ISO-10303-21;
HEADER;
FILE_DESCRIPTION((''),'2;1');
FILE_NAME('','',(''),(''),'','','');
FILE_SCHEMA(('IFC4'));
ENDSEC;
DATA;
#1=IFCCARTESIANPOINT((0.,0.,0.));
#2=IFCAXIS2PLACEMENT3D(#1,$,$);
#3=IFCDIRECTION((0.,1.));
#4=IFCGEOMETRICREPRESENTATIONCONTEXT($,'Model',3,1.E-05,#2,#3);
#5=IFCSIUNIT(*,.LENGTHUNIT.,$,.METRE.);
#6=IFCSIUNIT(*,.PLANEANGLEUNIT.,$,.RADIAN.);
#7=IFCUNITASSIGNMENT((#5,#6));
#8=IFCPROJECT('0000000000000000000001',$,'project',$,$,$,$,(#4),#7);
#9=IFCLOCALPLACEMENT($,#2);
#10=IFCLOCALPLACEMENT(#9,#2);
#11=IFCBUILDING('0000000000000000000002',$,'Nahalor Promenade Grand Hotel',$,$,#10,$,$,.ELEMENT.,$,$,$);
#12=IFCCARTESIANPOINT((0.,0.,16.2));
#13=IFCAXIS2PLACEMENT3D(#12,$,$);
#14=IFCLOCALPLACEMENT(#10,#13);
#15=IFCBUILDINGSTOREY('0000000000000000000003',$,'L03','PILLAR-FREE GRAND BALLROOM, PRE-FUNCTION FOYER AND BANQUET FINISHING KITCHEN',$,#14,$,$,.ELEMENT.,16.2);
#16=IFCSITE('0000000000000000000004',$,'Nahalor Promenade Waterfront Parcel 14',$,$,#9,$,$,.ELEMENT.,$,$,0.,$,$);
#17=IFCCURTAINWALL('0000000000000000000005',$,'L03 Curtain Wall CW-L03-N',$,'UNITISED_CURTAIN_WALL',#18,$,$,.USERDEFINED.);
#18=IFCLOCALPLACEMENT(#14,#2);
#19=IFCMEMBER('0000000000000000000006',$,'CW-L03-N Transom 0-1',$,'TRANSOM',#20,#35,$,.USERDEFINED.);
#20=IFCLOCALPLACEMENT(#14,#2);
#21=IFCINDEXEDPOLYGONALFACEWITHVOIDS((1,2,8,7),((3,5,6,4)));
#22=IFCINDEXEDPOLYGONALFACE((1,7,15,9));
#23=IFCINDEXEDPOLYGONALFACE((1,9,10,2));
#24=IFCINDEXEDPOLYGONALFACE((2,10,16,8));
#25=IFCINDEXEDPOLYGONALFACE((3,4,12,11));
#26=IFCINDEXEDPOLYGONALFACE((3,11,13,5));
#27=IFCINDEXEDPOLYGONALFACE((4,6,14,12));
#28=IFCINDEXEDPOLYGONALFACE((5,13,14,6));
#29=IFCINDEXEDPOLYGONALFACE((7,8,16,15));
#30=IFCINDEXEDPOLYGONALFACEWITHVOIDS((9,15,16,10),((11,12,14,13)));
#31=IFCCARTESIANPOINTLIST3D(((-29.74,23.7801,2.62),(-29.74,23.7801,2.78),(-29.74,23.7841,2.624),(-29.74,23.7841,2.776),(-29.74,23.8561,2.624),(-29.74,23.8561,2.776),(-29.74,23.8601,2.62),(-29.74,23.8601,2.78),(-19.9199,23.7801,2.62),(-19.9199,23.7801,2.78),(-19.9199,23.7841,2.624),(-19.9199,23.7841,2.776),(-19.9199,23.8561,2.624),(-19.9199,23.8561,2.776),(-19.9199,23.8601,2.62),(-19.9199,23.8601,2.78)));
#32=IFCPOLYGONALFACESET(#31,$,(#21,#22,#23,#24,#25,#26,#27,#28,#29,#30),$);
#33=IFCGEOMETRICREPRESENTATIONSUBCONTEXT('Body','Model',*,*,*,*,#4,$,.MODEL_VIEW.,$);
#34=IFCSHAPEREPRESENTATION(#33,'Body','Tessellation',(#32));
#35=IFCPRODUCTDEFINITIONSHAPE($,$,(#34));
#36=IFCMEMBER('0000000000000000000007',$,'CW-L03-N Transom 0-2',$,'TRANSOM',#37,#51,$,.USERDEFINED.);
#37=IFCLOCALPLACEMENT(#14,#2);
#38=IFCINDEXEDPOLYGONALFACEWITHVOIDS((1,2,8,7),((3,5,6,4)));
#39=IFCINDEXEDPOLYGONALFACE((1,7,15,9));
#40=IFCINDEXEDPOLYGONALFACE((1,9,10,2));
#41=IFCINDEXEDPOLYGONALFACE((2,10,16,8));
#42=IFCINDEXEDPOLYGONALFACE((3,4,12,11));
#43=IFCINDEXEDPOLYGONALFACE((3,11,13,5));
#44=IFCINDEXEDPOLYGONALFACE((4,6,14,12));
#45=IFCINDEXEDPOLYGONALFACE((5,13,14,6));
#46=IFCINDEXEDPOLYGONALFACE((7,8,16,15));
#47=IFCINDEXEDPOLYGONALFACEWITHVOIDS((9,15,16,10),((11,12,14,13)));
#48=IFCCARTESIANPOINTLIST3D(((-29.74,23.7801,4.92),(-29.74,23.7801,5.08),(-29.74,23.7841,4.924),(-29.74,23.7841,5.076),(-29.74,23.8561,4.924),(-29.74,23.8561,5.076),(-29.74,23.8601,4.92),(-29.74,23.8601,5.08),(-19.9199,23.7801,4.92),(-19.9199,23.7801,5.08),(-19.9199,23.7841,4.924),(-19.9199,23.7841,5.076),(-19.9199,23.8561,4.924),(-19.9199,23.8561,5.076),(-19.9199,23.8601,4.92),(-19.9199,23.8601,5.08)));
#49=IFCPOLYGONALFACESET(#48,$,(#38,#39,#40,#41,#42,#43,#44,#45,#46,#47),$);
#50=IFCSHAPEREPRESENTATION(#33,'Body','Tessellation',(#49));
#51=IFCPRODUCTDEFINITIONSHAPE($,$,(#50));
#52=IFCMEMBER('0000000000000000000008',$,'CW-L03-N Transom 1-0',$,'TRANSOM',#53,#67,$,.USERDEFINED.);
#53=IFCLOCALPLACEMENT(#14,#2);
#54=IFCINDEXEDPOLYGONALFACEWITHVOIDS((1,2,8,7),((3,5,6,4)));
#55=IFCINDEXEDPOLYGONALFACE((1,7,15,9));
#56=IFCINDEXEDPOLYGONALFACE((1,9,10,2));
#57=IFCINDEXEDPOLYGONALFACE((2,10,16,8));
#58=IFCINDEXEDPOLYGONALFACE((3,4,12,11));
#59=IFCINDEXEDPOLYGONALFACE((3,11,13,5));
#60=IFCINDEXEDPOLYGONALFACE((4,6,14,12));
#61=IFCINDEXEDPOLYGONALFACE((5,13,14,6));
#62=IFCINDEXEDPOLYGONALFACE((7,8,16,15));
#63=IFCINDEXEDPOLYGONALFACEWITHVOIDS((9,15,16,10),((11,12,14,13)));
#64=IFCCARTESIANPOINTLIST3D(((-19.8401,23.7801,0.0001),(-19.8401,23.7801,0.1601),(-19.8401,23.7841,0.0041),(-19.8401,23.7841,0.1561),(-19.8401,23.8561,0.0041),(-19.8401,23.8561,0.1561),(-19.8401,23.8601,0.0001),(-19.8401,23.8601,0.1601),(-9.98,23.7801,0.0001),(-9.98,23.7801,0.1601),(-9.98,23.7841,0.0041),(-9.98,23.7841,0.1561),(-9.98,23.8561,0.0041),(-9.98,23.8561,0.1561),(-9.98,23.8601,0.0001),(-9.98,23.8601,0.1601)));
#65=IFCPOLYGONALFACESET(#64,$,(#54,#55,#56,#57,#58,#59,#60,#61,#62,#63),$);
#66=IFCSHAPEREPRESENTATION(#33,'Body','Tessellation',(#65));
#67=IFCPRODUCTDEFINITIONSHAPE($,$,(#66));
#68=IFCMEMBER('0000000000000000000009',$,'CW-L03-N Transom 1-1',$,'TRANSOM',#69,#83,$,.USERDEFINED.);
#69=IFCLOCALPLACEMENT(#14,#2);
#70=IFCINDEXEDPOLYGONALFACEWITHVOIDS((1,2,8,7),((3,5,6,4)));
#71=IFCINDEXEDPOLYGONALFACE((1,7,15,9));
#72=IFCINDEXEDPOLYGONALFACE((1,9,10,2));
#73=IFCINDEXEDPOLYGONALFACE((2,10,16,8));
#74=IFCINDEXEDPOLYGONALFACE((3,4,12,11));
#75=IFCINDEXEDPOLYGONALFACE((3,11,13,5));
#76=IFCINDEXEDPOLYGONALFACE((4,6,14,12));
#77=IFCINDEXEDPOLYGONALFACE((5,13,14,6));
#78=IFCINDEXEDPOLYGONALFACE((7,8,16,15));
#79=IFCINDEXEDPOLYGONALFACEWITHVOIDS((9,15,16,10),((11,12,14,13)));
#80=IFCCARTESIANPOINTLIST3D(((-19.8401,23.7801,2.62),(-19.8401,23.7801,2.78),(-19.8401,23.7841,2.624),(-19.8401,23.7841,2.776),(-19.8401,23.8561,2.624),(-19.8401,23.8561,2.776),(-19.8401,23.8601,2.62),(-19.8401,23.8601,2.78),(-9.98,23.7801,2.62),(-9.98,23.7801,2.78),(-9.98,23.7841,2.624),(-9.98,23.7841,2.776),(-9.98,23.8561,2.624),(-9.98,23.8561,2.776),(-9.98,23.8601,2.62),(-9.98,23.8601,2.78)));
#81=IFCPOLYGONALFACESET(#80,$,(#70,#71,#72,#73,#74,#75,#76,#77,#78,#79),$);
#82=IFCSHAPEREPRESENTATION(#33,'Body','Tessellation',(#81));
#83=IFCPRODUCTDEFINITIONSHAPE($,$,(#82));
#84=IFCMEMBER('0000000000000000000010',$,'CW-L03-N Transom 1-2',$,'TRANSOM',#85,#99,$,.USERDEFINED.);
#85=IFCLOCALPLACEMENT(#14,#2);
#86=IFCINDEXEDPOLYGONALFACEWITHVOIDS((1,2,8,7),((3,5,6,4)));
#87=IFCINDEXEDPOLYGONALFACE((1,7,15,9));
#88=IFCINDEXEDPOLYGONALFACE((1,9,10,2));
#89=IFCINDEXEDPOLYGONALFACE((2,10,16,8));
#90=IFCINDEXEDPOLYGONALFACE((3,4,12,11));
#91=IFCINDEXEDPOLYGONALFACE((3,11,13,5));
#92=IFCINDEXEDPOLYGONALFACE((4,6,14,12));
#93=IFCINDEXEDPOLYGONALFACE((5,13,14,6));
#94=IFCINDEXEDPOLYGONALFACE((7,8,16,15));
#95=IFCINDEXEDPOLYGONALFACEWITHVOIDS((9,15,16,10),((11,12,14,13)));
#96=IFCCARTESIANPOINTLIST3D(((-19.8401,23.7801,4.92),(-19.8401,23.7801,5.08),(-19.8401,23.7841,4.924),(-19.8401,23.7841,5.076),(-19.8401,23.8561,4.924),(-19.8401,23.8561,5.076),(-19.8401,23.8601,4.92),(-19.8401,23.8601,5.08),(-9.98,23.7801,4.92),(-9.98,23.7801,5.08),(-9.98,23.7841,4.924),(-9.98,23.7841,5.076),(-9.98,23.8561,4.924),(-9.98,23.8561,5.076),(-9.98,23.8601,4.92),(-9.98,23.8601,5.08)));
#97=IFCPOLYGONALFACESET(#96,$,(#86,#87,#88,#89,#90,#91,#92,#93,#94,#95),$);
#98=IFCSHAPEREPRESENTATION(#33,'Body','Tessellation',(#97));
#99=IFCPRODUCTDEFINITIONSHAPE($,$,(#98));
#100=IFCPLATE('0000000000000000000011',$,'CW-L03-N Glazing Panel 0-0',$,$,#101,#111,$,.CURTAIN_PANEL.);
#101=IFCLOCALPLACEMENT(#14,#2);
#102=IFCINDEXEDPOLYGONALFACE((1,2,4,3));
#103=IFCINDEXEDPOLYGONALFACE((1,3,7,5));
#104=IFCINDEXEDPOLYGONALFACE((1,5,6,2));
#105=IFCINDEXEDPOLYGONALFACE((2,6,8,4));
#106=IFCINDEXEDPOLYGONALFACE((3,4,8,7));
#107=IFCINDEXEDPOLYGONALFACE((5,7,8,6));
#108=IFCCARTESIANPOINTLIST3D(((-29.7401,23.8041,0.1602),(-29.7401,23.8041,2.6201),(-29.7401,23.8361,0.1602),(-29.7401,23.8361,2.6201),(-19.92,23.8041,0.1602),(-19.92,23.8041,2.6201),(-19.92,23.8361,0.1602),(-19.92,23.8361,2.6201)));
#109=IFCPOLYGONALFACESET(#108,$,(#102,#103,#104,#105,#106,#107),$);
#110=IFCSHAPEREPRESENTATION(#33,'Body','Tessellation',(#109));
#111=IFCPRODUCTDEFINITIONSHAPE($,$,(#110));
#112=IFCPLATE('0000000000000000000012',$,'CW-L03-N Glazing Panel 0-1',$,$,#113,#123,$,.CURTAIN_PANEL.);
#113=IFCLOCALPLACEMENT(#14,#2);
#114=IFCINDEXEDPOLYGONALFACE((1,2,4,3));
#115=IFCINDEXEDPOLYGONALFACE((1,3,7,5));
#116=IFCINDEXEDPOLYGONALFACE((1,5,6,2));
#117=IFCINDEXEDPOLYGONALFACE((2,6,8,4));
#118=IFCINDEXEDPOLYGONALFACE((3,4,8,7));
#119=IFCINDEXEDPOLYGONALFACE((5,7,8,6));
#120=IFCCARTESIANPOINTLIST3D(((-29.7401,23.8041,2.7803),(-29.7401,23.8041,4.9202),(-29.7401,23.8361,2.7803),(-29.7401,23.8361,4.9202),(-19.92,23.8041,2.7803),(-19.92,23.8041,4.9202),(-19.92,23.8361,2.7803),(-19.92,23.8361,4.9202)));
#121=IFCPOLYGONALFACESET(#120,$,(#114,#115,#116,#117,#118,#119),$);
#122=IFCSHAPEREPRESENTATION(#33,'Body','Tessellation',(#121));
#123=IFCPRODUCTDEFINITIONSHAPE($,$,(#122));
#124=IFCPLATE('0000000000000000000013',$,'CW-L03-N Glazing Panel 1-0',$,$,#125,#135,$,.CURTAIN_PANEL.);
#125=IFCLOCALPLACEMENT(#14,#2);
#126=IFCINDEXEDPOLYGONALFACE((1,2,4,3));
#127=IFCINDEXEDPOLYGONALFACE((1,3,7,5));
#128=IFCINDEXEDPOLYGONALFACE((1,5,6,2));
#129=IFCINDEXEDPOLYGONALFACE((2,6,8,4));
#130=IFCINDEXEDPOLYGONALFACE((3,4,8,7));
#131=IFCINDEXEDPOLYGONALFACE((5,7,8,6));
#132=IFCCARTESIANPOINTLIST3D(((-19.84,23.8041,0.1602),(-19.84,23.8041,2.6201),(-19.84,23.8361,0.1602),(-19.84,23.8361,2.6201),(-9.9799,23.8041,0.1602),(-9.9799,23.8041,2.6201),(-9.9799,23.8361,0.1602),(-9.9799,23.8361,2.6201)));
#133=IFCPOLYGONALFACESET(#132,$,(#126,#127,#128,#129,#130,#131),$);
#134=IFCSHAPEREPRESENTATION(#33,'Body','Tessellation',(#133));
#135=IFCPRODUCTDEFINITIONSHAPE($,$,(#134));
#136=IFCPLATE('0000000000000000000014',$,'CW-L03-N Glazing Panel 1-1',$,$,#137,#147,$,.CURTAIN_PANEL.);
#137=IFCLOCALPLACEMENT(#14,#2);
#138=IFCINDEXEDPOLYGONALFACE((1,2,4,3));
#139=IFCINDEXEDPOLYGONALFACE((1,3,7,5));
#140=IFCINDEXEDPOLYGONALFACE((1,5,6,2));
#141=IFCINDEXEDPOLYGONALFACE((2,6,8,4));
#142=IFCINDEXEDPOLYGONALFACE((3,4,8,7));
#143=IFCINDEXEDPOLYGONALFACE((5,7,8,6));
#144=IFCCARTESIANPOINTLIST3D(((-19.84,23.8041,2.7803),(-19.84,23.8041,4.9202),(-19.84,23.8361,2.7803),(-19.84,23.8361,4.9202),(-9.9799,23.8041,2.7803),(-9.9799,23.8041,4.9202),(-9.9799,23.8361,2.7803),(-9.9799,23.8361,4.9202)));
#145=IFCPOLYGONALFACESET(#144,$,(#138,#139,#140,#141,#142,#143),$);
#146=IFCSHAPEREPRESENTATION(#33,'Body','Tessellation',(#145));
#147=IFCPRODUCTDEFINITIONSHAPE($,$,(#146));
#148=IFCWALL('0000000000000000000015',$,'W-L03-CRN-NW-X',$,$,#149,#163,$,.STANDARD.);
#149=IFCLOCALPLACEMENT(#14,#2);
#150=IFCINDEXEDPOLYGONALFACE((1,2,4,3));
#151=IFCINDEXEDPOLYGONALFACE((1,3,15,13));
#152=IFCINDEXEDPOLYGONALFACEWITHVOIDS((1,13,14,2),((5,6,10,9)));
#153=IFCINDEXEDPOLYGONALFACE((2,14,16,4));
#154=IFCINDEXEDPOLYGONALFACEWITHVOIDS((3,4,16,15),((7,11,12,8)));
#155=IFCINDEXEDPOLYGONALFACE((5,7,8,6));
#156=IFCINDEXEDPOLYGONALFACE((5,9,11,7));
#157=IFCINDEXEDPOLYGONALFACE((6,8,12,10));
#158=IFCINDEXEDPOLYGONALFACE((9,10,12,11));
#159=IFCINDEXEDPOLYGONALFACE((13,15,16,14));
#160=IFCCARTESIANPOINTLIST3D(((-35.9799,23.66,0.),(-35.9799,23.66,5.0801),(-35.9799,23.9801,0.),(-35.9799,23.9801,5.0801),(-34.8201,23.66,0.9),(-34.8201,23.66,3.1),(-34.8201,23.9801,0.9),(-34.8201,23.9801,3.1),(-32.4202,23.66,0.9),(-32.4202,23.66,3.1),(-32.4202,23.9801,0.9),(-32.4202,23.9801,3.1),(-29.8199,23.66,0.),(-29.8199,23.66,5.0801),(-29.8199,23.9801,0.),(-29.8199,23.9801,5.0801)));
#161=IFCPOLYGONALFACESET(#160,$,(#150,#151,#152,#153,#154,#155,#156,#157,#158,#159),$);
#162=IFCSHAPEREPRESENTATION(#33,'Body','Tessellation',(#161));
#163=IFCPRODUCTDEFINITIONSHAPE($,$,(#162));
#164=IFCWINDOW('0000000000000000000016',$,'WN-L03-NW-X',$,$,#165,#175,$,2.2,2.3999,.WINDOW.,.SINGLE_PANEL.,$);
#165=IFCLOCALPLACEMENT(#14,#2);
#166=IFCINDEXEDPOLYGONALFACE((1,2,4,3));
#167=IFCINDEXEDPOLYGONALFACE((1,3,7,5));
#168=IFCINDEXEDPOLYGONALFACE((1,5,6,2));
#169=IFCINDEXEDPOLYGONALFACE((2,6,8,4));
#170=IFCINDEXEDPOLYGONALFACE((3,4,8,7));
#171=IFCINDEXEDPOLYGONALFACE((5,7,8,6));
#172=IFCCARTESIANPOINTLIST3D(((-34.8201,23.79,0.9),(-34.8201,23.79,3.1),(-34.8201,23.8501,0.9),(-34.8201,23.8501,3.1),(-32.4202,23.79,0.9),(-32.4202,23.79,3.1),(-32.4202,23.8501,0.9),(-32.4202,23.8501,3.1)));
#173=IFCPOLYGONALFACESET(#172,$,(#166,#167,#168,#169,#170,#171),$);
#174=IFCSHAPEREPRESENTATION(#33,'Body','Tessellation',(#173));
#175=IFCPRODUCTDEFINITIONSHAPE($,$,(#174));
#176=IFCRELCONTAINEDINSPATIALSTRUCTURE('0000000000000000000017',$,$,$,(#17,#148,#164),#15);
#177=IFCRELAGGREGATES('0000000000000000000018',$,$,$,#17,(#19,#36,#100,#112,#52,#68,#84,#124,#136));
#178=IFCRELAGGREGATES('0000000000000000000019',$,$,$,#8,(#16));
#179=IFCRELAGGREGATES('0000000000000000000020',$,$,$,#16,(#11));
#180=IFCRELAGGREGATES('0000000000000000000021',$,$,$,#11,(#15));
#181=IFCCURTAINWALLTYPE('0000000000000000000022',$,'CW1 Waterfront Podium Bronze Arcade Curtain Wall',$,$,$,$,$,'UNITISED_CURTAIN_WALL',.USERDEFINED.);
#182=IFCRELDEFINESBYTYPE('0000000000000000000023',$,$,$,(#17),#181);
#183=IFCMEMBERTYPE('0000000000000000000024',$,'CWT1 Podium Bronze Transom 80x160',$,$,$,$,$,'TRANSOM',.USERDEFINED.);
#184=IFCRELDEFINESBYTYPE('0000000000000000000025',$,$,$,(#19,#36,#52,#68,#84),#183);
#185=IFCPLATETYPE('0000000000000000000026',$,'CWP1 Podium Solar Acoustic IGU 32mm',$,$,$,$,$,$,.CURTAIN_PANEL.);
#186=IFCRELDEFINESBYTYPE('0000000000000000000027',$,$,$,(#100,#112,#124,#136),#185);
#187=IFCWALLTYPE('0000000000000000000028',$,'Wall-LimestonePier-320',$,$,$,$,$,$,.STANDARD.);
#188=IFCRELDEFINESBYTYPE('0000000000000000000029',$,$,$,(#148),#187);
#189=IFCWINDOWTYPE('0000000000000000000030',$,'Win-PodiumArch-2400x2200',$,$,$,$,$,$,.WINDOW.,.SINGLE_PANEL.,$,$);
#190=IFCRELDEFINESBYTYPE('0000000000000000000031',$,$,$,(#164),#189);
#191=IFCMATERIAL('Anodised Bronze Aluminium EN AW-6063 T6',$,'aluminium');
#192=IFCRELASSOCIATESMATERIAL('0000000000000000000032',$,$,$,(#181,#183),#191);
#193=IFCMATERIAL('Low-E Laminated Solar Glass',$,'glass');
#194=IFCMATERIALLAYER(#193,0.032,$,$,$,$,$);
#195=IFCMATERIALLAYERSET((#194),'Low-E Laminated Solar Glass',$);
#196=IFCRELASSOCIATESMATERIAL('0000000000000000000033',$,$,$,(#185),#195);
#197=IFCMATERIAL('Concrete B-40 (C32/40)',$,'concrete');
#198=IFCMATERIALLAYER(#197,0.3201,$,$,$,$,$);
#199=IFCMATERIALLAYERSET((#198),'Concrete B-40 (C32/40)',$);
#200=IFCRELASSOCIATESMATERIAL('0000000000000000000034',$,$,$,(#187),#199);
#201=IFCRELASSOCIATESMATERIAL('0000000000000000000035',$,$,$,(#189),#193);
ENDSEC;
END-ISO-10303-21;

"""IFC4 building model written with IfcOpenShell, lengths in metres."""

from ifc_helpers import new_model, si_unit, direction, frame, frame_2d, origin, origin_2d, place, context, subcontext, project, spatial, rectangle, hollow_rectangle, extrude, source, transform, mapped, material, layer, layer_set, material_profile, profile_set, type_object, element, fill, aggregate, save


model = new_model("IFC4")

# Units and contexts
model_context = context("Model", 3, precision=1e-05, world=origin(), true_north=direction((0.0, 1.0)))
body_context = subcontext(model_context, "Body", "Model", "MODEL_VIEW")
ifc_project = project(units=[si_unit("LENGTHUNIT", "METRE"), si_unit("PLANEANGLEUNIT", "RADIAN")], contexts=[model_context])

# Site, building, storey
site_placement = place(None, origin())
site = spatial("IfcSite", under=ifc_project, at=site_placement, Name="Nahalor Promenade Waterfront Parcel 14", CompositionType="ELEMENT", RefElevation=0.0)
building_placement = place(site_placement, origin())
building = spatial("IfcBuilding", under=site, at=building_placement, Name="Nahalor Promenade Grand Hotel", CompositionType="ELEMENT")
storey_placement = place(building_placement, frame((0.0, 0.0, 16.2)))
storey = spatial("IfcBuildingStorey", under=building, at=storey_placement, Name="L03", Description="PILLAR-FREE GRAND BALLROOM, PRE-FUNCTION FOYER AND BANQUET FINISHING KITCHEN", CompositionType="ELEMENT", Elevation=16.2)

# Curtain wall
ifc_material_1 = material(Name="Anodised Bronze Aluminium EN AW-6063 T6", Category="aluminium")
curtain_wall_type = type_object("IfcCurtainWallType", Name="CW1 Waterfront Podium Bronze Arcade Curtain Wall", ElementType="UNITISED_CURTAIN_WALL", PredefinedType="USERDEFINED", material=ifc_material_1)
curtain_wall_1_placement = place(storey_placement, origin())
curtain_wall_1 = element("IfcCurtainWall", 1, at=curtain_wall_1_placement, inside=storey, type_object=curtain_wall_type, Name="L03 Curtain Wall CW-L03-N", ObjectType="UNITISED_CURTAIN_WALL", PredefinedType="USERDEFINED")

# Members
ifc_material_profile_1 = material_profile(ifc_material_1, hollow_rectangle(XDim=0.08, YDim=0.16, WallThickness=0.004, at=origin_2d()), Name="CWT 80x160x4")
ifc_profile_set_1 = profile_set([ifc_material_profile_1], Name="Anodised Bronze Aluminium EN AW-6063 T6")
member_type_1 = type_object("IfcMemberType", Name="CWT1 Podium Bronze Transom 80x160", ElementType="TRANSOM", PredefinedType="USERDEFINED", material=ifc_profile_set_1)
shared_shape_1 = source(origin(), body_context, "Body", "SweptSolid", [
    extrude(hollow_rectangle(XDim=0.08, YDim=0.16, WallThickness=0.004, at=origin_2d()), origin(), (0.0, 0.0, 1.0), 9.8201),
])
member_1_placement = place(storey_placement, frame((-29.74, 23.8201, 2.7), z_axis=(1.0, 0.0, 0.0), x_axis=(0.0, 1.0, 0.0)))
member_1 = element("IfcMember", 2, at=member_1_placement, type_object=member_type_1, Name="CW-L03-N Transom 0-1", ObjectType="TRANSOM", PredefinedType="USERDEFINED", context=body_context, shape_type="MappedRepresentation", body=[
    mapped(shared_shape_1, transform((0.0, 0.0, 0.0), scale=1.0)),
])
member_2_placement = place(storey_placement, frame((-29.74, 23.8201, 5.0), z_axis=(1.0, 0.0, 0.0), x_axis=(0.0, 1.0, 0.0)))
member_2 = element("IfcMember", 3, at=member_2_placement, type_object=member_type_1, Name="CW-L03-N Transom 0-2", ObjectType="TRANSOM", PredefinedType="USERDEFINED", context=body_context, shape_type="MappedRepresentation", body=[
    mapped(shared_shape_1, transform((0.0, 0.0, 0.0), scale=1.0)),
])
shared_shape_2 = source(origin(), body_context, "Body", "SweptSolid", [
    extrude(hollow_rectangle(XDim=0.08, YDim=0.16, WallThickness=0.004, at=origin_2d()), origin(), (0.0, 0.0, 1.0), 9.8601),
])
member_3_placement = place(storey_placement, frame((-19.8401, 23.8201, 0.0801), z_axis=(1.0, 0.0, 0.0), x_axis=(0.0, 1.0, 0.0)))
member_3 = element("IfcMember", 4, at=member_3_placement, type_object=member_type_1, Name="CW-L03-N Transom 1-0", ObjectType="TRANSOM", PredefinedType="USERDEFINED", context=body_context, shape_type="MappedRepresentation", body=[
    mapped(shared_shape_2, transform((0.0, 0.0, 0.0), scale=1.0)),
])
member_4_placement = place(storey_placement, frame((-19.8401, 23.8201, 2.7), z_axis=(1.0, 0.0, 0.0), x_axis=(0.0, 1.0, 0.0)))
member_4 = element("IfcMember", 5, at=member_4_placement, type_object=member_type_1, Name="CW-L03-N Transom 1-1", ObjectType="TRANSOM", PredefinedType="USERDEFINED", context=body_context, shape_type="MappedRepresentation", body=[
    mapped(shared_shape_2, transform((0.0, 0.0, 0.0), scale=1.0)),
])
member_5_placement = place(storey_placement, frame((-19.8401, 23.8201, 5.0), z_axis=(1.0, 0.0, 0.0), x_axis=(0.0, 1.0, 0.0)))
member_5 = element("IfcMember", 6, at=member_5_placement, type_object=member_type_1, Name="CW-L03-N Transom 1-2", ObjectType="TRANSOM", PredefinedType="USERDEFINED", context=body_context, shape_type="MappedRepresentation", body=[
    mapped(shared_shape_2, transform((0.0, 0.0, 0.0), scale=1.0)),
])

# Plates
ifc_material_2 = material(Name="Low-E Laminated Solar Glass", Category="glass")
ifc_layer_1 = layer(ifc_material_2, 0.032)
ifc_layer_set_1 = layer_set([ifc_layer_1], Name="Low-E Laminated Solar Glass")
plate_type = type_object("IfcPlateType", Name="CWP1 Podium Solar Acoustic IGU 32mm", PredefinedType="CURTAIN_PANEL", material=ifc_layer_set_1)
shared_shape_3 = source(origin(), body_context, "Body", "SweptSolid", [
    extrude(rectangle(XDim=9.8201, YDim=0.032, at=origin_2d()), origin(), (0.0, 0.0, 1.0), 2.46),
])
plate_1_placement = place(storey_placement, frame((-24.8301, 23.8201, 0.1602), z_axis=(0.0, 0.0, 1.0), x_axis=(1.0, 0.0, 0.0)))
plate_1 = element("IfcPlate", 7, at=plate_1_placement, type_object=plate_type, Name="CW-L03-N Glazing Panel 0-0", PredefinedType="CURTAIN_PANEL", context=body_context, shape_type="MappedRepresentation", body=[
    mapped(shared_shape_3, transform((0.0, 0.0, 0.0), scale=1.0)),
])
shared_shape_4 = source(origin(), body_context, "Body", "SweptSolid", [
    extrude(rectangle(XDim=9.8201, YDim=0.032, at=origin_2d()), origin(), (0.0, 0.0, 1.0), 2.1399),
])
plate_2_placement = place(storey_placement, frame((-24.8301, 23.8201, 2.7803), z_axis=(0.0, 0.0, 1.0), x_axis=(1.0, 0.0, 0.0)))
plate_2 = element("IfcPlate", 8, at=plate_2_placement, type_object=plate_type, Name="CW-L03-N Glazing Panel 0-1", PredefinedType="CURTAIN_PANEL", context=body_context, shape_type="MappedRepresentation", body=[
    mapped(shared_shape_4, transform((0.0, 0.0, 0.0), scale=1.0)),
])
shared_shape_5 = source(origin(), body_context, "Body", "SweptSolid", [
    extrude(rectangle(XDim=9.8601, YDim=0.032, at=origin_2d()), origin(), (0.0, 0.0, 1.0), 2.46),
])
plate_3_placement = place(storey_placement, frame((-14.9099, 23.8201, 0.1602), z_axis=(0.0, 0.0, 1.0), x_axis=(1.0, 0.0, 0.0)))
plate_3 = element("IfcPlate", 9, at=plate_3_placement, type_object=plate_type, Name="CW-L03-N Glazing Panel 1-0", PredefinedType="CURTAIN_PANEL", context=body_context, shape_type="MappedRepresentation", body=[
    mapped(shared_shape_5, transform((0.0, 0.0, 0.0), scale=1.0)),
])
shared_shape_6 = source(origin(), body_context, "Body", "SweptSolid", [
    extrude(rectangle(XDim=9.8601, YDim=0.032, at=origin_2d()), origin(), (0.0, 0.0, 1.0), 2.1399),
])
plate_4_placement = place(storey_placement, frame((-14.9099, 23.8201, 2.7803), z_axis=(0.0, 0.0, 1.0), x_axis=(1.0, 0.0, 0.0)))
plate_4 = element("IfcPlate", 10, at=plate_4_placement, type_object=plate_type, Name="CW-L03-N Glazing Panel 1-1", PredefinedType="CURTAIN_PANEL", context=body_context, shape_type="MappedRepresentation", body=[
    mapped(shared_shape_6, transform((0.0, 0.0, 0.0), scale=1.0)),
])
aggregate(curtain_wall_1, [member_1, member_2, plate_1, plate_2, member_3, member_4, member_5, plate_3, plate_4])

# Wall, opening, window
ifc_material_3 = material(Name="Concrete B-40 (C32/40)", Category="concrete")
ifc_layer_2 = layer(ifc_material_3, 0.3201)
ifc_layer_set_2 = layer_set([ifc_layer_2], Name="Concrete B-40 (C32/40)")
wall_type_1 = type_object("IfcWallType", Name="Wall-LimestonePier-320", PredefinedType="STANDARD", material=ifc_layer_set_2)
shared_shape_7 = source(origin(), body_context, "Body", "SweptSolid", [
    extrude(rectangle(XDim=6.1599, YDim=0.3201, at=frame_2d((3.0801, 0.0))), origin(), (0.0, 0.0, 1.0), 5.0801),
])
wall_1_placement = place(storey_placement, frame((-35.98, 23.8201, 0.0), z_axis=(0.0, 0.0, 1.0), x_axis=(1.0, 0.0, 0.0)))
wall_1 = element("IfcWall", 11, at=wall_1_placement, inside=storey, type_object=wall_type_1, Name="W-L03-CRN-NW-X", PredefinedType="STANDARD", context=body_context, shape_type="MappedRepresentation", body=[
    mapped(shared_shape_7, transform((0.0, 0.0, 0.0), scale=1.0)),
])
opening_1_placement = place(wall_1_placement, frame((1.1599, 0.0, 0.8999)))
opening_1 = element("IfcOpeningElement", 12, at=opening_1_placement, cuts=wall_1, PredefinedType="OPENING", context=body_context, shape_type="SweptSolid", body=[
    extrude(rectangle(XDim=2.3999, YDim=2.2, at=frame_2d((1.2, 1.1001))), frame((0.0, 0.1699, 0.0), z_axis=(0.0, -1.0, 0.0), x_axis=(1.0, 0.0, 0.0)), (0.0, 0.0, 1.0), 0.3401),
])
window_type = type_object("IfcWindowType", Name="Win-PodiumArch-2400x2200", PartitioningType="SINGLE_PANEL", PredefinedType="WINDOW", material=ifc_material_2)
shared_shape_8 = source(origin(), body_context, "Body", "SweptSolid", [
    extrude(rectangle(XDim=2.3999, YDim=2.2, at=frame_2d((1.2, 1.1001))), frame((0.0, 0.03, 0.0), z_axis=(0.0, -1.0, 0.0), x_axis=(1.0, 0.0, 0.0)), (0.0, 0.0, 1.0), 0.0601),
])
window_placement = place(opening_1_placement, origin())
window = element("IfcWindow", 13, at=window_placement, inside=storey, type_object=window_type, Name="WN-L03-NW-X", OverallHeight=2.2, OverallWidth=2.3999, PartitioningType="SINGLE_PANEL", PredefinedType="WINDOW", context=body_context, shape_type="MappedRepresentation", body=[
    mapped(shared_shape_8, transform((0.0, 0.0, 0.0), scale=1.0)),
])
fill(opening_1, window)

save(model, "model.ifc")
